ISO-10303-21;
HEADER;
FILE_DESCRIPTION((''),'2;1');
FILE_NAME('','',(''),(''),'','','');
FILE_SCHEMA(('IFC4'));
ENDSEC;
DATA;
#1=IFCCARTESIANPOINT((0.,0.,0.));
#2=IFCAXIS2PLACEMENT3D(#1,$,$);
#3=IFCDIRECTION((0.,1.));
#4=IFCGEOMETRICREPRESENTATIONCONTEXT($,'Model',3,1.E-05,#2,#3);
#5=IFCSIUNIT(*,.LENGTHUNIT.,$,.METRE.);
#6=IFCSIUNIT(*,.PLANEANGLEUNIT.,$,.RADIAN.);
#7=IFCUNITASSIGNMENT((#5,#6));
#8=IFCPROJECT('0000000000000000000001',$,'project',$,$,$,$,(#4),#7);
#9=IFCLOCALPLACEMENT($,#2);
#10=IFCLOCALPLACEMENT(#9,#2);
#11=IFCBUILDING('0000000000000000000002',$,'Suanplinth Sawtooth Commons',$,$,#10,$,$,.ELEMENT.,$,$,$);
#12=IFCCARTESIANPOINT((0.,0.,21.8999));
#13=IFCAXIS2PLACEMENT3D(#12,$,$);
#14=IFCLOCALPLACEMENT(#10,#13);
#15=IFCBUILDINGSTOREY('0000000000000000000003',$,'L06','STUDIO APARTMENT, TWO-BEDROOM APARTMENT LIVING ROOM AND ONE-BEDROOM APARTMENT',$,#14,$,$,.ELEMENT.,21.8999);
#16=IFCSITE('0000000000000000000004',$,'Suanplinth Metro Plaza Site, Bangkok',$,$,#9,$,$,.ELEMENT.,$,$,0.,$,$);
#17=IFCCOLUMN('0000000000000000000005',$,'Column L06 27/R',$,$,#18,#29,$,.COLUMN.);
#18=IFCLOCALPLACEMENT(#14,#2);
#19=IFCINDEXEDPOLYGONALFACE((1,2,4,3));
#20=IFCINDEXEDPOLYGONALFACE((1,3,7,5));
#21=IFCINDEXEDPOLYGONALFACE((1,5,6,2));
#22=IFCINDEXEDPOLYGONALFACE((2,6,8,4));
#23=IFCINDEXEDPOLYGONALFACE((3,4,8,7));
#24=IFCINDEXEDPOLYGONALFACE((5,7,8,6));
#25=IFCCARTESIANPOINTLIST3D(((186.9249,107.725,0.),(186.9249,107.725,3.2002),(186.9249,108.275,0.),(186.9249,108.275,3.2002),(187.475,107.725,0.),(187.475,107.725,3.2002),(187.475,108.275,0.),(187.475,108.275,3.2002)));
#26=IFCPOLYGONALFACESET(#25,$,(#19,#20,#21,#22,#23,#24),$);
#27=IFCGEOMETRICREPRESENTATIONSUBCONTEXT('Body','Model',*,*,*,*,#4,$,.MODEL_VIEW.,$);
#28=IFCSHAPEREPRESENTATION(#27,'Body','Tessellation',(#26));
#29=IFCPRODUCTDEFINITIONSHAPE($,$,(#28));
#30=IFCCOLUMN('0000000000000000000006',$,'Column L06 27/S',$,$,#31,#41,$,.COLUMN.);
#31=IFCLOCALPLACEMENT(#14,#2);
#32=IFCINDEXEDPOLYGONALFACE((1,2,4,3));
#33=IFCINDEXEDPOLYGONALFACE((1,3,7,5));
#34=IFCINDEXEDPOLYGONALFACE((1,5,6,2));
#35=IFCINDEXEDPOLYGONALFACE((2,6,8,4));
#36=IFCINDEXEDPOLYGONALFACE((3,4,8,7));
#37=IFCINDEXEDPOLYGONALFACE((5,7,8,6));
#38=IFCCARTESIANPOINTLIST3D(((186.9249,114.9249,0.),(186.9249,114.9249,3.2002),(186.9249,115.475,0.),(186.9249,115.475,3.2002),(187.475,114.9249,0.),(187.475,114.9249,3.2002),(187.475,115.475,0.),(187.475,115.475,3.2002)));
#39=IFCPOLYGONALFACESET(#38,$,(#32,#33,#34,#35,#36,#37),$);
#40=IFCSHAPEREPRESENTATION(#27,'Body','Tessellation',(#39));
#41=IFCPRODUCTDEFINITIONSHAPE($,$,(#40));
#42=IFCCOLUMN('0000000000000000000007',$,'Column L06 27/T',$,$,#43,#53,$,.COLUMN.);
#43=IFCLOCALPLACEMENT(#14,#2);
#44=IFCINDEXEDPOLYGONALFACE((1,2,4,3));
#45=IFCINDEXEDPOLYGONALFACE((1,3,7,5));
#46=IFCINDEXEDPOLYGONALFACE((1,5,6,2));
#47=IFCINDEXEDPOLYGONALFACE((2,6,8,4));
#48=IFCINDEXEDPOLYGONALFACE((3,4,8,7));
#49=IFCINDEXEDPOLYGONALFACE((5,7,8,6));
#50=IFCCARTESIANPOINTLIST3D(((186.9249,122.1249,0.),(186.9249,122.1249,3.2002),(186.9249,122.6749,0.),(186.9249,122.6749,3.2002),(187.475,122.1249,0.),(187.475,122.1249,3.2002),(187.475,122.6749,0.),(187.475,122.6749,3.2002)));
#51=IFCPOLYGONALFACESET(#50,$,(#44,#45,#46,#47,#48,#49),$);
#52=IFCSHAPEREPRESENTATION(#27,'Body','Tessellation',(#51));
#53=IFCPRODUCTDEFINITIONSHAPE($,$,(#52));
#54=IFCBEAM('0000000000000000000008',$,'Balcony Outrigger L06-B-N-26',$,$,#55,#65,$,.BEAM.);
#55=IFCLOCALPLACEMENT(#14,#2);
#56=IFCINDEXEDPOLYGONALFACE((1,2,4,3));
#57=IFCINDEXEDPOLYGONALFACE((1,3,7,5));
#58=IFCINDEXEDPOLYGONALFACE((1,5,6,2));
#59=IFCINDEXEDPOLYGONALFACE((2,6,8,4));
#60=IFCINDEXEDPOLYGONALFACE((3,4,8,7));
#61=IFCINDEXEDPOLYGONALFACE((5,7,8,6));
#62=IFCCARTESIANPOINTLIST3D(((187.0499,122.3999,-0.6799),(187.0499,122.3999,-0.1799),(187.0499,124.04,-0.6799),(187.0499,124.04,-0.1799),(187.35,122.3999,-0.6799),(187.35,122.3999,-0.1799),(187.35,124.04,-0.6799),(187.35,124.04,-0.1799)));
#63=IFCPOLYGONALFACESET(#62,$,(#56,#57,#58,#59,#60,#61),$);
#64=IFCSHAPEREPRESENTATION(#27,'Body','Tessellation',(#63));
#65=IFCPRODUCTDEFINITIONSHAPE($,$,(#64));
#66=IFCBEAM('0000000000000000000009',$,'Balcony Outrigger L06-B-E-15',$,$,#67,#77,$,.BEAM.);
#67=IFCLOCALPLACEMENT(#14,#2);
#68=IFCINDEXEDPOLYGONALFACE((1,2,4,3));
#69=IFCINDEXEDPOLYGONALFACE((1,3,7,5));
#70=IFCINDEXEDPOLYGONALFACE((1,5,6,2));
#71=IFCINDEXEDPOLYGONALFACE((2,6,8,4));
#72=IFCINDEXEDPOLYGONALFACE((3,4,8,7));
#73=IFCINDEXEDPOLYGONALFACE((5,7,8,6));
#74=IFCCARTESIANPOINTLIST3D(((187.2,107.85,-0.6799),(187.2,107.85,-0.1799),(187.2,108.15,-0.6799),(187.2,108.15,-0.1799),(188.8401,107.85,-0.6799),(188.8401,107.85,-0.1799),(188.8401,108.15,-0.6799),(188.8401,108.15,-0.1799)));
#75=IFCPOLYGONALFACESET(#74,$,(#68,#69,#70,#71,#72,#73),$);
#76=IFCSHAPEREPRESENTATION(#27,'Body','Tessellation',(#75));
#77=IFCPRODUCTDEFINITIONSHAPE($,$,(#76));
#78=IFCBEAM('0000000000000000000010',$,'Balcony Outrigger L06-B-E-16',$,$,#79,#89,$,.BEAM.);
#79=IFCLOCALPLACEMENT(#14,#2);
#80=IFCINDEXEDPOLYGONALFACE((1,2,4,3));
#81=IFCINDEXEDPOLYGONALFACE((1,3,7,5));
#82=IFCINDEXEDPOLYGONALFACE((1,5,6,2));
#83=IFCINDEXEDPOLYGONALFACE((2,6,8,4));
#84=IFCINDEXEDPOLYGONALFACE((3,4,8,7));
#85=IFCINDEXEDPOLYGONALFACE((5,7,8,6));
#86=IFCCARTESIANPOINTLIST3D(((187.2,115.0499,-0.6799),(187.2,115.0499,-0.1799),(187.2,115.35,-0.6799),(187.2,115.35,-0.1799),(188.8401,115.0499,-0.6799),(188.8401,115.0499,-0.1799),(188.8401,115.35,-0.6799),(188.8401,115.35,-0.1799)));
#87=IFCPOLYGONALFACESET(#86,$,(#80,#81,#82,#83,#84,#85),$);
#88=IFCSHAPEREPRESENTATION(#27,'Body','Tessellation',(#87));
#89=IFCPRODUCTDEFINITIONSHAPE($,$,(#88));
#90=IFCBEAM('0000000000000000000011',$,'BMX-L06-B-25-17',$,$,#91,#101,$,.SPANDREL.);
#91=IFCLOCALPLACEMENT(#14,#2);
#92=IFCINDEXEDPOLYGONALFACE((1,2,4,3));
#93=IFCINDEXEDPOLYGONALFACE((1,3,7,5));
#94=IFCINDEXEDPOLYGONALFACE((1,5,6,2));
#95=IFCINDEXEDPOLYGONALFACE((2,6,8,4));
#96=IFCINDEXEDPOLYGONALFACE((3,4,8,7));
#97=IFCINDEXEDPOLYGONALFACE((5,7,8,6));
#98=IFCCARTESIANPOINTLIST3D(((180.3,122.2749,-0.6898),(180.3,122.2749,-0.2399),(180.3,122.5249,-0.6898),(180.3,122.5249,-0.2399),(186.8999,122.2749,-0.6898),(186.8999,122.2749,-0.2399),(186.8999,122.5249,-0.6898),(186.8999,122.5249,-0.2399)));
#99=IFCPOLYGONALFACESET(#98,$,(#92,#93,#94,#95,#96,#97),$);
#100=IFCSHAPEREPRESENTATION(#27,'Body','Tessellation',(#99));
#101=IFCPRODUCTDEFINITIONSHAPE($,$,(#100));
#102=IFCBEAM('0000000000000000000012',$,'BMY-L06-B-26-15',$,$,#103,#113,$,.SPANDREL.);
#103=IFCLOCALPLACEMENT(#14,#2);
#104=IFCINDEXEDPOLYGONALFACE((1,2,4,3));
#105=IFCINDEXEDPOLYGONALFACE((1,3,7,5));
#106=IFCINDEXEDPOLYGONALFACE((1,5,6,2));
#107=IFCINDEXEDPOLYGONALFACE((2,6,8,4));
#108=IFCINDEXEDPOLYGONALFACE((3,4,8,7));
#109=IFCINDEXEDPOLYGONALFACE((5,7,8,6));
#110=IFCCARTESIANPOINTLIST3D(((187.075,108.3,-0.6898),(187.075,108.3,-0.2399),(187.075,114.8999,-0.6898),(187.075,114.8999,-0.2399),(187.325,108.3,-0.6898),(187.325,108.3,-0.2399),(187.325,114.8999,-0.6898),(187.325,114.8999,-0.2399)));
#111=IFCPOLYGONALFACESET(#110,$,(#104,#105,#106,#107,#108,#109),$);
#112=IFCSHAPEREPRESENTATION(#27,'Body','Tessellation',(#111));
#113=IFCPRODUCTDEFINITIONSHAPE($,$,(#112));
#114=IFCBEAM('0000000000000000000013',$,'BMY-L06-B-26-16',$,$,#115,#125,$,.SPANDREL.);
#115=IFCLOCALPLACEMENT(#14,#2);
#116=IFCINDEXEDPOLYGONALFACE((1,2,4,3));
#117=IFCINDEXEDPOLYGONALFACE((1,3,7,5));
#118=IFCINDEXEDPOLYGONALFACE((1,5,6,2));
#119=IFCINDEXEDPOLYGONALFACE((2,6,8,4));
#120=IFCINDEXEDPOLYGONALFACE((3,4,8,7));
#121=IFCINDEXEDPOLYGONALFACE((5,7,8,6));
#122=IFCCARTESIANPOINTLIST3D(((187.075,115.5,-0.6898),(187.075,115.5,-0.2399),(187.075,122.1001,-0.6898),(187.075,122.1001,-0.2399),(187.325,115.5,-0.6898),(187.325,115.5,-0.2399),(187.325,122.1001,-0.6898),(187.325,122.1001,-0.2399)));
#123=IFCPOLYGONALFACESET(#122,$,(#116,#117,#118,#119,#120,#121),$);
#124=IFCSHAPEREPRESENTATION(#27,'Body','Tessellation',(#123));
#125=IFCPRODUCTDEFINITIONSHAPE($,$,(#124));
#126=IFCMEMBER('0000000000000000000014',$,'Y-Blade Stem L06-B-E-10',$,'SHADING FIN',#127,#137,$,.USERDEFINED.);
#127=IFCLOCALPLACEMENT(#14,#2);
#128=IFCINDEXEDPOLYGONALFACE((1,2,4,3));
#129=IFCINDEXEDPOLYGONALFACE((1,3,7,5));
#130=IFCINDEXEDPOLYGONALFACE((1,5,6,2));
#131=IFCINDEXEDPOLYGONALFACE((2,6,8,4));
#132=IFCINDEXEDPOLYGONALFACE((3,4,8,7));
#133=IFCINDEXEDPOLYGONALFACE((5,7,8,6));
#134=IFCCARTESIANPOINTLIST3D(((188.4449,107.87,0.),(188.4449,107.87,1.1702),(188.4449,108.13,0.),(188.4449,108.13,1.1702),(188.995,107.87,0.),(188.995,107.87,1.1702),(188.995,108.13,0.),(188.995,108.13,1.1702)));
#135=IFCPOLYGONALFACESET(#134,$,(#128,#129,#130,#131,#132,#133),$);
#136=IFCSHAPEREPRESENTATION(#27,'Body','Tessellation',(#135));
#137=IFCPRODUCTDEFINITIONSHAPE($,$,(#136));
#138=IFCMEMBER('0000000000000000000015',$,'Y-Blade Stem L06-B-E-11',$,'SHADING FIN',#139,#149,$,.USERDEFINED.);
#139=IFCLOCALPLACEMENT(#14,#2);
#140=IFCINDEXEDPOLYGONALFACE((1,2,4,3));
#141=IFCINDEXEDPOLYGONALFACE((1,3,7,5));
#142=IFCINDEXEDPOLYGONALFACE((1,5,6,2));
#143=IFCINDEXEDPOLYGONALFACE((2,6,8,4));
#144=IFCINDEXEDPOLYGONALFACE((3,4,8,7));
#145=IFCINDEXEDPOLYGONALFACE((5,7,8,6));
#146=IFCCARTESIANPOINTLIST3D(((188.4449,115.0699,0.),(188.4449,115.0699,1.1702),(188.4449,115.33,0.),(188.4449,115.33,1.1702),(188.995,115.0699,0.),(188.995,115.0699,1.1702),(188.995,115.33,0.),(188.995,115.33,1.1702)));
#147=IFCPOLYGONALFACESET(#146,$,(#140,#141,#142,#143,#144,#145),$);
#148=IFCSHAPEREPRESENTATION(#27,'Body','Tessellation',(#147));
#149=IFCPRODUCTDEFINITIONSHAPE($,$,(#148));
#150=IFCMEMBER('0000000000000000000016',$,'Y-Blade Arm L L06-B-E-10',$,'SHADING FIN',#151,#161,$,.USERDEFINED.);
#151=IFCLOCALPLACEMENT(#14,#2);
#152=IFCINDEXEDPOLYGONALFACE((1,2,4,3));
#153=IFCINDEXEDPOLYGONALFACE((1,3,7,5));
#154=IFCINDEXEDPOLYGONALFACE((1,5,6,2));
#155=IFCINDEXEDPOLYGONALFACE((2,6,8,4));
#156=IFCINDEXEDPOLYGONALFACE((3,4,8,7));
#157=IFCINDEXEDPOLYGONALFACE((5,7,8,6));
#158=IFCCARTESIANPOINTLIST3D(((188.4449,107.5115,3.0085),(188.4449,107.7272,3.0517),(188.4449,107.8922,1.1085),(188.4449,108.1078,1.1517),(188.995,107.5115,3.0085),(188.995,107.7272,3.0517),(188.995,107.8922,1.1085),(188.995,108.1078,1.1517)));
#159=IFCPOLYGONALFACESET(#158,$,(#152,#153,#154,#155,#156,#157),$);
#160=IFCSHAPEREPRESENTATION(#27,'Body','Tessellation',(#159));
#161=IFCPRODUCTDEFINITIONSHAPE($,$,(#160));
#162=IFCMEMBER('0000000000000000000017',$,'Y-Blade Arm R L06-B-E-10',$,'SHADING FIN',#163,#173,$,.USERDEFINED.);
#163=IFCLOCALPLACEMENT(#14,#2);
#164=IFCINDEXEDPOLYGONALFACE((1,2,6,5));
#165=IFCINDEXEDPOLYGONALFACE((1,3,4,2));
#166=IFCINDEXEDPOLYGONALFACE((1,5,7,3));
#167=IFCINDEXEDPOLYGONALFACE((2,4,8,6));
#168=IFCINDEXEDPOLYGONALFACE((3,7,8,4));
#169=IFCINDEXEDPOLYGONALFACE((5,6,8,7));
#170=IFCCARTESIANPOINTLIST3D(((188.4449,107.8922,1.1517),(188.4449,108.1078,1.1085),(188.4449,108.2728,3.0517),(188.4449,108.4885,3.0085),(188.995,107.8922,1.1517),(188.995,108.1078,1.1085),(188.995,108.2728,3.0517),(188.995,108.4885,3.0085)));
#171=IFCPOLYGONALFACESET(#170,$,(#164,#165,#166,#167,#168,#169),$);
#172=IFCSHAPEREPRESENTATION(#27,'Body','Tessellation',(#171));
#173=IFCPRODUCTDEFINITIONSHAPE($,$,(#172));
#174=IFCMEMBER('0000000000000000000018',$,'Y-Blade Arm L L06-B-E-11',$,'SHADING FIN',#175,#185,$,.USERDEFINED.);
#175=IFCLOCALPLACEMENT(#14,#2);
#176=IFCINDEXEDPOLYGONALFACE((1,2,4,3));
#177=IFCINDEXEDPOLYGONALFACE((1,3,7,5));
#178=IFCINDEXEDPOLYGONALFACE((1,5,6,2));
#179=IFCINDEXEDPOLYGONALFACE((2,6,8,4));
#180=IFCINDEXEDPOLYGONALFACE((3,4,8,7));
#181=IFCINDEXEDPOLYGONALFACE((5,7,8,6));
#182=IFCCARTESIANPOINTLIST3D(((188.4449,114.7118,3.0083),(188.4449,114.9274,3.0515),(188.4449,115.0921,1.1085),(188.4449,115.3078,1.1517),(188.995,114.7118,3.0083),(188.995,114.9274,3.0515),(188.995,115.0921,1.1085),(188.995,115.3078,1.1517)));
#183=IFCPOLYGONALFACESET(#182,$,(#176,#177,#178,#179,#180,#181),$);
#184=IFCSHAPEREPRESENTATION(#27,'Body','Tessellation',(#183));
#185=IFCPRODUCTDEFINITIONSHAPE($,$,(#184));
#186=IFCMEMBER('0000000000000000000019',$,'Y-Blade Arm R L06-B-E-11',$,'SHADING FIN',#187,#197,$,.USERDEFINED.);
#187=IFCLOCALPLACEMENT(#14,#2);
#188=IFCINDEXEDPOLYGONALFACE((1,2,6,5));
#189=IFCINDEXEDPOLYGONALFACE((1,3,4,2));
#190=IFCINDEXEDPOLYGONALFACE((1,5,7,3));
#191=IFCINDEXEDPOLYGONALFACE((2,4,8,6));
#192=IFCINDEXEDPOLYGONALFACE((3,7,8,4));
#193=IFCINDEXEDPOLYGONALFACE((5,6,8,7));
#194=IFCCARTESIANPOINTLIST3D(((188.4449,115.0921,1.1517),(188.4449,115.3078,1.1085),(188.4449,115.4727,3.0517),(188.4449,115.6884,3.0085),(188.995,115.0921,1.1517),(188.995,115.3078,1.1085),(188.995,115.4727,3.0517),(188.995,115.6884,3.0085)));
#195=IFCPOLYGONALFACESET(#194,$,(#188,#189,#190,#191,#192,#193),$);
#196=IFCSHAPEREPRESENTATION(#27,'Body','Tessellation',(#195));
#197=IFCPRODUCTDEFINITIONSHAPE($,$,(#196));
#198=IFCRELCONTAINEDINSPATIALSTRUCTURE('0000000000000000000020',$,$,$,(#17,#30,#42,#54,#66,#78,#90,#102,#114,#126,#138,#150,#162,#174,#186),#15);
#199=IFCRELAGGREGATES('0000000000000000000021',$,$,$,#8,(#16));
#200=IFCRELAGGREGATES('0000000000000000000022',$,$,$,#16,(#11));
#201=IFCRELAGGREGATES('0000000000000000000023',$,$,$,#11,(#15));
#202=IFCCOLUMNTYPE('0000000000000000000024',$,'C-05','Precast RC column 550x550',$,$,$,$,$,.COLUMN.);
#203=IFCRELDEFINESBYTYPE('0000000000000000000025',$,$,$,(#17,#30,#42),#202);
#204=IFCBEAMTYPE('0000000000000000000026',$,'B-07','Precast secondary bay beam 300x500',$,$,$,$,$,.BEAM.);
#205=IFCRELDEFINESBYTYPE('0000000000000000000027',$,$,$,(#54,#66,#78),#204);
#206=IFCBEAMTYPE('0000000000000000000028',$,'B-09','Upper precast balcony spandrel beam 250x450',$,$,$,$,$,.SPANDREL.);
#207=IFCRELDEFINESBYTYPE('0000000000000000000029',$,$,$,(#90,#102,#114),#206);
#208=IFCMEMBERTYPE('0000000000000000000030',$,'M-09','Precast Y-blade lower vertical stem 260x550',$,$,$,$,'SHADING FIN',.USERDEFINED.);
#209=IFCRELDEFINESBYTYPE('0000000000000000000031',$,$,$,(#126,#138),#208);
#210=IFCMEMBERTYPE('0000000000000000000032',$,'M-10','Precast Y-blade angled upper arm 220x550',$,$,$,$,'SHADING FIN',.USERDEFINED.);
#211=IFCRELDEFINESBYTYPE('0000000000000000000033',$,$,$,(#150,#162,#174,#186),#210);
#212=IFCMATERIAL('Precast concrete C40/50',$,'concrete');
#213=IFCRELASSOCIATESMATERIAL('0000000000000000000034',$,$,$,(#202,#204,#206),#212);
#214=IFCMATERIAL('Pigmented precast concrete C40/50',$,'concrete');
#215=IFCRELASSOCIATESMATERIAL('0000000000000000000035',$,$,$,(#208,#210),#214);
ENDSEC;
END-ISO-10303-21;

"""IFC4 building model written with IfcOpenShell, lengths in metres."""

from ifc_helpers import new_model, si_unit, direction, frame, origin, origin_2d, place, context, subcontext, project, spatial, rectangle, extrude, material, material_profile, profile_set, type_object, element, save


model = new_model("IFC4")

# Units and contexts
model_context = context("Model", 3, precision=1e-05, world=origin(), true_north=direction((0.0, 1.0)))
body_context = subcontext(model_context, "Body", "Model", "MODEL_VIEW")
ifc_project = project(units=[si_unit("LENGTHUNIT", "METRE"), si_unit("PLANEANGLEUNIT", "RADIAN")], contexts=[model_context])

# Site, building, storey
site_placement = place(None, origin())
site = spatial("IfcSite", under=ifc_project, at=site_placement, Name="Suanplinth Metro Plaza Site, Bangkok", CompositionType="ELEMENT", RefElevation=0.0)
building_placement = place(site_placement, origin())
building = spatial("IfcBuilding", under=site, at=building_placement, Name="Suanplinth Sawtooth Commons", CompositionType="ELEMENT")
storey_placement = place(building_placement, frame((0.0, 0.0, 21.8999)))
storey = spatial("IfcBuildingStorey", under=building, at=storey_placement, Name="L06", Description="STUDIO APARTMENT, TWO-BEDROOM APARTMENT LIVING ROOM AND ONE-BEDROOM APARTMENT", CompositionType="ELEMENT", Elevation=21.8999)

# Columns
ifc_material_1 = material(Name="Precast concrete C40/50", Category="concrete")
ifc_material_profile_1 = material_profile(ifc_material_1, rectangle(XDim=0.55, YDim=0.55, at=origin_2d()), Name="PC-COL 550x550")
ifc_profile_set_1 = profile_set([ifc_material_profile_1], Name="Precast concrete C40/50")
column_type = type_object("IfcColumnType", Name="C-05", Description="Precast RC column 550x550", PredefinedType="COLUMN", material=ifc_profile_set_1)
for number, where, z_axis, x_axis, name in (
    (1, (187.2, 108.0, 0.0), (0.0, 0.0, 1.0), (1.0, 0.0, 0.0), "Column L06 27/R"),
    (2, (187.2, 115.2, 0.0), (0.0, 0.0, 1.0), (1.0, 0.0, 0.0), "Column L06 27/S"),
    (3, (187.2, 122.3999, 0.0), (0.0, 0.0, 1.0), (1.0, 0.0, 0.0), "Column L06 27/T"),
):
    element("IfcColumn", number, at=place(storey_placement, frame(where, z_axis=z_axis, x_axis=x_axis)), inside=storey, type_object=column_type, Name=name, PredefinedType="COLUMN", context=body_context, shape_type="SweptSolid", body=[
        extrude(rectangle(XDim=0.55, YDim=0.55, at=origin_2d()), origin(), (0.0, 0.0, 1.0), 3.2002),
    ])

# Beams
ifc_material_profile_2 = material_profile(ifc_material_1, rectangle(XDim=0.3, YDim=0.5, at=origin_2d()), Name="PC-BM 300x500")
ifc_profile_set_2 = profile_set([ifc_material_profile_2], Name="Precast concrete C40/50")
beam_type_1 = type_object("IfcBeamType", Name="B-07", Description="Precast secondary bay beam 300x500", PredefinedType="BEAM", material=ifc_profile_set_2)
for number, where, z_axis, x_axis, name in (
    (4, (187.2, 122.3999, -0.4299), (0.0, 1.0, 0.0), (-1.0, 0.0, 0.0), "Balcony Outrigger L06-B-N-26"),
    (5, (187.2, 108.0, -0.4299), (1.0, 0.0, 0.0), (0.0, 1.0, 0.0), "Balcony Outrigger L06-B-E-15"),
    (6, (187.2, 115.2, -0.4299), (1.0, 0.0, 0.0), (0.0, 1.0, 0.0), "Balcony Outrigger L06-B-E-16"),
):
    element("IfcBeam", number, at=place(storey_placement, frame(where, z_axis=z_axis, x_axis=x_axis)), inside=storey, type_object=beam_type_1, Name=name, PredefinedType="BEAM", context=body_context, shape_type="SweptSolid", body=[
        extrude(rectangle(XDim=0.3, YDim=0.5, at=origin_2d()), origin(), (0.0, 0.0, 1.0), 1.6401),
    ])
ifc_material_profile_3 = material_profile(ifc_material_1, rectangle(XDim=0.25, YDim=0.45, at=origin_2d()), Name="PC-SP 250x450")
ifc_profile_set_3 = profile_set([ifc_material_profile_3], Name="Precast concrete C40/50")
beam_type_2 = type_object("IfcBeamType", Name="B-09", Description="Upper precast balcony spandrel beam 250x450", PredefinedType="SPANDREL", material=ifc_profile_set_3)
for number, where, z_axis, x_axis, name in (
    (7, (180.3, 122.3999, -0.4648), (1.0, 0.0, 0.0), (0.0, 1.0, 0.0), "BMX-L06-B-25-17"),
    (8, (187.2, 108.3, -0.4648), (0.0, 1.0, 0.0), (-1.0, 0.0, 0.0), "BMY-L06-B-26-15"),
):
    element("IfcBeam", number, at=place(storey_placement, frame(where, z_axis=z_axis, x_axis=x_axis)), inside=storey, type_object=beam_type_2, Name=name, PredefinedType="SPANDREL", context=body_context, shape_type="SweptSolid", body=[
        extrude(rectangle(XDim=0.25, YDim=0.45, at=origin_2d()), origin(), (0.0, 0.0, 1.0), 6.5999),
    ])
beam_placement = place(storey_placement, frame((187.2, 115.5, -0.4648), z_axis=(0.0, 1.0, 0.0), x_axis=(-1.0, 0.0, 0.0)))
element("IfcBeam", 9, at=beam_placement, inside=storey, type_object=beam_type_2, Name="BMY-L06-B-26-16", PredefinedType="SPANDREL", context=body_context, shape_type="SweptSolid", body=[
    extrude(rectangle(XDim=0.25, YDim=0.45, at=origin_2d()), origin(), (0.0, 0.0, 1.0), 6.6001),
])

# Members
ifc_material_2 = material(Name="Pigmented precast concrete C40/50", Category="concrete")
ifc_material_profile_4 = material_profile(ifc_material_2, rectangle(XDim=0.26, YDim=0.55, at=origin_2d()), Name="PC-FIN 260x550")
ifc_profile_set_4 = profile_set([ifc_material_profile_4], Name="Pigmented precast concrete C40/50")
member_type_1 = type_object("IfcMemberType", Name="M-09", Description="Precast Y-blade lower vertical stem 260x550", ElementType="SHADING FIN", PredefinedType="USERDEFINED", material=ifc_profile_set_4)
for number, where, z_axis, x_axis, name in (
    (10, (188.72, 108.0, 0.0), (0.0, 0.0, 1.0), (0.0, 1.0, 0.0), "Y-Blade Stem L06-B-E-10"),
    (11, (188.72, 115.2, 0.0), (0.0, 0.0, 1.0), (0.0, 1.0, 0.0), "Y-Blade Stem L06-B-E-11"),
):
    element("IfcMember", number, at=place(storey_placement, frame(where, z_axis=z_axis, x_axis=x_axis)), inside=storey, type_object=member_type_1, Name=name, ObjectType="SHADING FIN", PredefinedType="USERDEFINED", context=body_context, shape_type="SweptSolid", body=[
        extrude(rectangle(XDim=0.26, YDim=0.55, at=origin_2d()), origin(), (0.0, 0.0, 1.0), 1.1702),
    ])
ifc_material_profile_5 = material_profile(ifc_material_2, rectangle(XDim=0.22, YDim=0.55, at=origin_2d()), Name="PC-FIN 220x550")
ifc_profile_set_5 = profile_set([ifc_material_profile_5], Name="Pigmented precast concrete C40/50")
member_type_2 = type_object("IfcMemberType", Name="M-10", Description="Precast Y-blade angled upper arm 220x550", ElementType="SHADING FIN", PredefinedType="USERDEFINED", material=ifc_profile_set_5)
for number, where, z_axis, x_axis, name in (
    (12, (188.72, 108.0, 1.1301), (0.0, -0.196431, 0.980518), (0.0, 0.980518, 0.196431), "Y-Blade Arm L L06-B-E-10"),
    (13, (188.72, 108.0, 1.1301), (0.0, 0.196431, 0.980518), (0.0, -0.980518, 0.196431), "Y-Blade Arm R L06-B-E-10"),
):
    element("IfcMember", number, at=place(storey_placement, frame(where, z_axis=z_axis, x_axis=x_axis)), inside=storey, type_object=member_type_2, Name=name, ObjectType="SHADING FIN", PredefinedType="USERDEFINED", context=body_context, shape_type="SweptSolid", body=[
        extrude(rectangle(XDim=0.22, YDim=0.55, at=origin_2d()), origin(), (0.0, 0.0, 1.0), 1.9377),
    ])
member_1_placement = place(storey_placement, frame((188.72, 115.2, 1.1301), z_axis=(0.0, -0.19631, 0.980542), x_axis=(0.0, 0.980542, 0.19631)))
element("IfcMember", 14, at=member_1_placement, inside=storey, type_object=member_type_2, Name="Y-Blade Arm L L06-B-E-11", ObjectType="SHADING FIN", PredefinedType="USERDEFINED", context=body_context, shape_type="SweptSolid", body=[
    extrude(rectangle(XDim=0.22, YDim=0.55, at=origin_2d()), origin(), (0.0, 0.0, 1.0), 1.9375),
])
member_2_placement = place(storey_placement, frame((188.72, 115.2, 1.1301), z_axis=(0.0, 0.196431, 0.980518), x_axis=(0.0, -0.980518, 0.196431)))
element("IfcMember", 15, at=member_2_placement, inside=storey, type_object=member_type_2, Name="Y-Blade Arm R L06-B-E-11", ObjectType="SHADING FIN", PredefinedType="USERDEFINED", context=body_context, shape_type="SweptSolid", body=[
    extrude(rectangle(XDim=0.22, YDim=0.55, at=origin_2d()), origin(), (0.0, 0.0, 1.0), 1.9377),
])

save(model, "model.ifc")
